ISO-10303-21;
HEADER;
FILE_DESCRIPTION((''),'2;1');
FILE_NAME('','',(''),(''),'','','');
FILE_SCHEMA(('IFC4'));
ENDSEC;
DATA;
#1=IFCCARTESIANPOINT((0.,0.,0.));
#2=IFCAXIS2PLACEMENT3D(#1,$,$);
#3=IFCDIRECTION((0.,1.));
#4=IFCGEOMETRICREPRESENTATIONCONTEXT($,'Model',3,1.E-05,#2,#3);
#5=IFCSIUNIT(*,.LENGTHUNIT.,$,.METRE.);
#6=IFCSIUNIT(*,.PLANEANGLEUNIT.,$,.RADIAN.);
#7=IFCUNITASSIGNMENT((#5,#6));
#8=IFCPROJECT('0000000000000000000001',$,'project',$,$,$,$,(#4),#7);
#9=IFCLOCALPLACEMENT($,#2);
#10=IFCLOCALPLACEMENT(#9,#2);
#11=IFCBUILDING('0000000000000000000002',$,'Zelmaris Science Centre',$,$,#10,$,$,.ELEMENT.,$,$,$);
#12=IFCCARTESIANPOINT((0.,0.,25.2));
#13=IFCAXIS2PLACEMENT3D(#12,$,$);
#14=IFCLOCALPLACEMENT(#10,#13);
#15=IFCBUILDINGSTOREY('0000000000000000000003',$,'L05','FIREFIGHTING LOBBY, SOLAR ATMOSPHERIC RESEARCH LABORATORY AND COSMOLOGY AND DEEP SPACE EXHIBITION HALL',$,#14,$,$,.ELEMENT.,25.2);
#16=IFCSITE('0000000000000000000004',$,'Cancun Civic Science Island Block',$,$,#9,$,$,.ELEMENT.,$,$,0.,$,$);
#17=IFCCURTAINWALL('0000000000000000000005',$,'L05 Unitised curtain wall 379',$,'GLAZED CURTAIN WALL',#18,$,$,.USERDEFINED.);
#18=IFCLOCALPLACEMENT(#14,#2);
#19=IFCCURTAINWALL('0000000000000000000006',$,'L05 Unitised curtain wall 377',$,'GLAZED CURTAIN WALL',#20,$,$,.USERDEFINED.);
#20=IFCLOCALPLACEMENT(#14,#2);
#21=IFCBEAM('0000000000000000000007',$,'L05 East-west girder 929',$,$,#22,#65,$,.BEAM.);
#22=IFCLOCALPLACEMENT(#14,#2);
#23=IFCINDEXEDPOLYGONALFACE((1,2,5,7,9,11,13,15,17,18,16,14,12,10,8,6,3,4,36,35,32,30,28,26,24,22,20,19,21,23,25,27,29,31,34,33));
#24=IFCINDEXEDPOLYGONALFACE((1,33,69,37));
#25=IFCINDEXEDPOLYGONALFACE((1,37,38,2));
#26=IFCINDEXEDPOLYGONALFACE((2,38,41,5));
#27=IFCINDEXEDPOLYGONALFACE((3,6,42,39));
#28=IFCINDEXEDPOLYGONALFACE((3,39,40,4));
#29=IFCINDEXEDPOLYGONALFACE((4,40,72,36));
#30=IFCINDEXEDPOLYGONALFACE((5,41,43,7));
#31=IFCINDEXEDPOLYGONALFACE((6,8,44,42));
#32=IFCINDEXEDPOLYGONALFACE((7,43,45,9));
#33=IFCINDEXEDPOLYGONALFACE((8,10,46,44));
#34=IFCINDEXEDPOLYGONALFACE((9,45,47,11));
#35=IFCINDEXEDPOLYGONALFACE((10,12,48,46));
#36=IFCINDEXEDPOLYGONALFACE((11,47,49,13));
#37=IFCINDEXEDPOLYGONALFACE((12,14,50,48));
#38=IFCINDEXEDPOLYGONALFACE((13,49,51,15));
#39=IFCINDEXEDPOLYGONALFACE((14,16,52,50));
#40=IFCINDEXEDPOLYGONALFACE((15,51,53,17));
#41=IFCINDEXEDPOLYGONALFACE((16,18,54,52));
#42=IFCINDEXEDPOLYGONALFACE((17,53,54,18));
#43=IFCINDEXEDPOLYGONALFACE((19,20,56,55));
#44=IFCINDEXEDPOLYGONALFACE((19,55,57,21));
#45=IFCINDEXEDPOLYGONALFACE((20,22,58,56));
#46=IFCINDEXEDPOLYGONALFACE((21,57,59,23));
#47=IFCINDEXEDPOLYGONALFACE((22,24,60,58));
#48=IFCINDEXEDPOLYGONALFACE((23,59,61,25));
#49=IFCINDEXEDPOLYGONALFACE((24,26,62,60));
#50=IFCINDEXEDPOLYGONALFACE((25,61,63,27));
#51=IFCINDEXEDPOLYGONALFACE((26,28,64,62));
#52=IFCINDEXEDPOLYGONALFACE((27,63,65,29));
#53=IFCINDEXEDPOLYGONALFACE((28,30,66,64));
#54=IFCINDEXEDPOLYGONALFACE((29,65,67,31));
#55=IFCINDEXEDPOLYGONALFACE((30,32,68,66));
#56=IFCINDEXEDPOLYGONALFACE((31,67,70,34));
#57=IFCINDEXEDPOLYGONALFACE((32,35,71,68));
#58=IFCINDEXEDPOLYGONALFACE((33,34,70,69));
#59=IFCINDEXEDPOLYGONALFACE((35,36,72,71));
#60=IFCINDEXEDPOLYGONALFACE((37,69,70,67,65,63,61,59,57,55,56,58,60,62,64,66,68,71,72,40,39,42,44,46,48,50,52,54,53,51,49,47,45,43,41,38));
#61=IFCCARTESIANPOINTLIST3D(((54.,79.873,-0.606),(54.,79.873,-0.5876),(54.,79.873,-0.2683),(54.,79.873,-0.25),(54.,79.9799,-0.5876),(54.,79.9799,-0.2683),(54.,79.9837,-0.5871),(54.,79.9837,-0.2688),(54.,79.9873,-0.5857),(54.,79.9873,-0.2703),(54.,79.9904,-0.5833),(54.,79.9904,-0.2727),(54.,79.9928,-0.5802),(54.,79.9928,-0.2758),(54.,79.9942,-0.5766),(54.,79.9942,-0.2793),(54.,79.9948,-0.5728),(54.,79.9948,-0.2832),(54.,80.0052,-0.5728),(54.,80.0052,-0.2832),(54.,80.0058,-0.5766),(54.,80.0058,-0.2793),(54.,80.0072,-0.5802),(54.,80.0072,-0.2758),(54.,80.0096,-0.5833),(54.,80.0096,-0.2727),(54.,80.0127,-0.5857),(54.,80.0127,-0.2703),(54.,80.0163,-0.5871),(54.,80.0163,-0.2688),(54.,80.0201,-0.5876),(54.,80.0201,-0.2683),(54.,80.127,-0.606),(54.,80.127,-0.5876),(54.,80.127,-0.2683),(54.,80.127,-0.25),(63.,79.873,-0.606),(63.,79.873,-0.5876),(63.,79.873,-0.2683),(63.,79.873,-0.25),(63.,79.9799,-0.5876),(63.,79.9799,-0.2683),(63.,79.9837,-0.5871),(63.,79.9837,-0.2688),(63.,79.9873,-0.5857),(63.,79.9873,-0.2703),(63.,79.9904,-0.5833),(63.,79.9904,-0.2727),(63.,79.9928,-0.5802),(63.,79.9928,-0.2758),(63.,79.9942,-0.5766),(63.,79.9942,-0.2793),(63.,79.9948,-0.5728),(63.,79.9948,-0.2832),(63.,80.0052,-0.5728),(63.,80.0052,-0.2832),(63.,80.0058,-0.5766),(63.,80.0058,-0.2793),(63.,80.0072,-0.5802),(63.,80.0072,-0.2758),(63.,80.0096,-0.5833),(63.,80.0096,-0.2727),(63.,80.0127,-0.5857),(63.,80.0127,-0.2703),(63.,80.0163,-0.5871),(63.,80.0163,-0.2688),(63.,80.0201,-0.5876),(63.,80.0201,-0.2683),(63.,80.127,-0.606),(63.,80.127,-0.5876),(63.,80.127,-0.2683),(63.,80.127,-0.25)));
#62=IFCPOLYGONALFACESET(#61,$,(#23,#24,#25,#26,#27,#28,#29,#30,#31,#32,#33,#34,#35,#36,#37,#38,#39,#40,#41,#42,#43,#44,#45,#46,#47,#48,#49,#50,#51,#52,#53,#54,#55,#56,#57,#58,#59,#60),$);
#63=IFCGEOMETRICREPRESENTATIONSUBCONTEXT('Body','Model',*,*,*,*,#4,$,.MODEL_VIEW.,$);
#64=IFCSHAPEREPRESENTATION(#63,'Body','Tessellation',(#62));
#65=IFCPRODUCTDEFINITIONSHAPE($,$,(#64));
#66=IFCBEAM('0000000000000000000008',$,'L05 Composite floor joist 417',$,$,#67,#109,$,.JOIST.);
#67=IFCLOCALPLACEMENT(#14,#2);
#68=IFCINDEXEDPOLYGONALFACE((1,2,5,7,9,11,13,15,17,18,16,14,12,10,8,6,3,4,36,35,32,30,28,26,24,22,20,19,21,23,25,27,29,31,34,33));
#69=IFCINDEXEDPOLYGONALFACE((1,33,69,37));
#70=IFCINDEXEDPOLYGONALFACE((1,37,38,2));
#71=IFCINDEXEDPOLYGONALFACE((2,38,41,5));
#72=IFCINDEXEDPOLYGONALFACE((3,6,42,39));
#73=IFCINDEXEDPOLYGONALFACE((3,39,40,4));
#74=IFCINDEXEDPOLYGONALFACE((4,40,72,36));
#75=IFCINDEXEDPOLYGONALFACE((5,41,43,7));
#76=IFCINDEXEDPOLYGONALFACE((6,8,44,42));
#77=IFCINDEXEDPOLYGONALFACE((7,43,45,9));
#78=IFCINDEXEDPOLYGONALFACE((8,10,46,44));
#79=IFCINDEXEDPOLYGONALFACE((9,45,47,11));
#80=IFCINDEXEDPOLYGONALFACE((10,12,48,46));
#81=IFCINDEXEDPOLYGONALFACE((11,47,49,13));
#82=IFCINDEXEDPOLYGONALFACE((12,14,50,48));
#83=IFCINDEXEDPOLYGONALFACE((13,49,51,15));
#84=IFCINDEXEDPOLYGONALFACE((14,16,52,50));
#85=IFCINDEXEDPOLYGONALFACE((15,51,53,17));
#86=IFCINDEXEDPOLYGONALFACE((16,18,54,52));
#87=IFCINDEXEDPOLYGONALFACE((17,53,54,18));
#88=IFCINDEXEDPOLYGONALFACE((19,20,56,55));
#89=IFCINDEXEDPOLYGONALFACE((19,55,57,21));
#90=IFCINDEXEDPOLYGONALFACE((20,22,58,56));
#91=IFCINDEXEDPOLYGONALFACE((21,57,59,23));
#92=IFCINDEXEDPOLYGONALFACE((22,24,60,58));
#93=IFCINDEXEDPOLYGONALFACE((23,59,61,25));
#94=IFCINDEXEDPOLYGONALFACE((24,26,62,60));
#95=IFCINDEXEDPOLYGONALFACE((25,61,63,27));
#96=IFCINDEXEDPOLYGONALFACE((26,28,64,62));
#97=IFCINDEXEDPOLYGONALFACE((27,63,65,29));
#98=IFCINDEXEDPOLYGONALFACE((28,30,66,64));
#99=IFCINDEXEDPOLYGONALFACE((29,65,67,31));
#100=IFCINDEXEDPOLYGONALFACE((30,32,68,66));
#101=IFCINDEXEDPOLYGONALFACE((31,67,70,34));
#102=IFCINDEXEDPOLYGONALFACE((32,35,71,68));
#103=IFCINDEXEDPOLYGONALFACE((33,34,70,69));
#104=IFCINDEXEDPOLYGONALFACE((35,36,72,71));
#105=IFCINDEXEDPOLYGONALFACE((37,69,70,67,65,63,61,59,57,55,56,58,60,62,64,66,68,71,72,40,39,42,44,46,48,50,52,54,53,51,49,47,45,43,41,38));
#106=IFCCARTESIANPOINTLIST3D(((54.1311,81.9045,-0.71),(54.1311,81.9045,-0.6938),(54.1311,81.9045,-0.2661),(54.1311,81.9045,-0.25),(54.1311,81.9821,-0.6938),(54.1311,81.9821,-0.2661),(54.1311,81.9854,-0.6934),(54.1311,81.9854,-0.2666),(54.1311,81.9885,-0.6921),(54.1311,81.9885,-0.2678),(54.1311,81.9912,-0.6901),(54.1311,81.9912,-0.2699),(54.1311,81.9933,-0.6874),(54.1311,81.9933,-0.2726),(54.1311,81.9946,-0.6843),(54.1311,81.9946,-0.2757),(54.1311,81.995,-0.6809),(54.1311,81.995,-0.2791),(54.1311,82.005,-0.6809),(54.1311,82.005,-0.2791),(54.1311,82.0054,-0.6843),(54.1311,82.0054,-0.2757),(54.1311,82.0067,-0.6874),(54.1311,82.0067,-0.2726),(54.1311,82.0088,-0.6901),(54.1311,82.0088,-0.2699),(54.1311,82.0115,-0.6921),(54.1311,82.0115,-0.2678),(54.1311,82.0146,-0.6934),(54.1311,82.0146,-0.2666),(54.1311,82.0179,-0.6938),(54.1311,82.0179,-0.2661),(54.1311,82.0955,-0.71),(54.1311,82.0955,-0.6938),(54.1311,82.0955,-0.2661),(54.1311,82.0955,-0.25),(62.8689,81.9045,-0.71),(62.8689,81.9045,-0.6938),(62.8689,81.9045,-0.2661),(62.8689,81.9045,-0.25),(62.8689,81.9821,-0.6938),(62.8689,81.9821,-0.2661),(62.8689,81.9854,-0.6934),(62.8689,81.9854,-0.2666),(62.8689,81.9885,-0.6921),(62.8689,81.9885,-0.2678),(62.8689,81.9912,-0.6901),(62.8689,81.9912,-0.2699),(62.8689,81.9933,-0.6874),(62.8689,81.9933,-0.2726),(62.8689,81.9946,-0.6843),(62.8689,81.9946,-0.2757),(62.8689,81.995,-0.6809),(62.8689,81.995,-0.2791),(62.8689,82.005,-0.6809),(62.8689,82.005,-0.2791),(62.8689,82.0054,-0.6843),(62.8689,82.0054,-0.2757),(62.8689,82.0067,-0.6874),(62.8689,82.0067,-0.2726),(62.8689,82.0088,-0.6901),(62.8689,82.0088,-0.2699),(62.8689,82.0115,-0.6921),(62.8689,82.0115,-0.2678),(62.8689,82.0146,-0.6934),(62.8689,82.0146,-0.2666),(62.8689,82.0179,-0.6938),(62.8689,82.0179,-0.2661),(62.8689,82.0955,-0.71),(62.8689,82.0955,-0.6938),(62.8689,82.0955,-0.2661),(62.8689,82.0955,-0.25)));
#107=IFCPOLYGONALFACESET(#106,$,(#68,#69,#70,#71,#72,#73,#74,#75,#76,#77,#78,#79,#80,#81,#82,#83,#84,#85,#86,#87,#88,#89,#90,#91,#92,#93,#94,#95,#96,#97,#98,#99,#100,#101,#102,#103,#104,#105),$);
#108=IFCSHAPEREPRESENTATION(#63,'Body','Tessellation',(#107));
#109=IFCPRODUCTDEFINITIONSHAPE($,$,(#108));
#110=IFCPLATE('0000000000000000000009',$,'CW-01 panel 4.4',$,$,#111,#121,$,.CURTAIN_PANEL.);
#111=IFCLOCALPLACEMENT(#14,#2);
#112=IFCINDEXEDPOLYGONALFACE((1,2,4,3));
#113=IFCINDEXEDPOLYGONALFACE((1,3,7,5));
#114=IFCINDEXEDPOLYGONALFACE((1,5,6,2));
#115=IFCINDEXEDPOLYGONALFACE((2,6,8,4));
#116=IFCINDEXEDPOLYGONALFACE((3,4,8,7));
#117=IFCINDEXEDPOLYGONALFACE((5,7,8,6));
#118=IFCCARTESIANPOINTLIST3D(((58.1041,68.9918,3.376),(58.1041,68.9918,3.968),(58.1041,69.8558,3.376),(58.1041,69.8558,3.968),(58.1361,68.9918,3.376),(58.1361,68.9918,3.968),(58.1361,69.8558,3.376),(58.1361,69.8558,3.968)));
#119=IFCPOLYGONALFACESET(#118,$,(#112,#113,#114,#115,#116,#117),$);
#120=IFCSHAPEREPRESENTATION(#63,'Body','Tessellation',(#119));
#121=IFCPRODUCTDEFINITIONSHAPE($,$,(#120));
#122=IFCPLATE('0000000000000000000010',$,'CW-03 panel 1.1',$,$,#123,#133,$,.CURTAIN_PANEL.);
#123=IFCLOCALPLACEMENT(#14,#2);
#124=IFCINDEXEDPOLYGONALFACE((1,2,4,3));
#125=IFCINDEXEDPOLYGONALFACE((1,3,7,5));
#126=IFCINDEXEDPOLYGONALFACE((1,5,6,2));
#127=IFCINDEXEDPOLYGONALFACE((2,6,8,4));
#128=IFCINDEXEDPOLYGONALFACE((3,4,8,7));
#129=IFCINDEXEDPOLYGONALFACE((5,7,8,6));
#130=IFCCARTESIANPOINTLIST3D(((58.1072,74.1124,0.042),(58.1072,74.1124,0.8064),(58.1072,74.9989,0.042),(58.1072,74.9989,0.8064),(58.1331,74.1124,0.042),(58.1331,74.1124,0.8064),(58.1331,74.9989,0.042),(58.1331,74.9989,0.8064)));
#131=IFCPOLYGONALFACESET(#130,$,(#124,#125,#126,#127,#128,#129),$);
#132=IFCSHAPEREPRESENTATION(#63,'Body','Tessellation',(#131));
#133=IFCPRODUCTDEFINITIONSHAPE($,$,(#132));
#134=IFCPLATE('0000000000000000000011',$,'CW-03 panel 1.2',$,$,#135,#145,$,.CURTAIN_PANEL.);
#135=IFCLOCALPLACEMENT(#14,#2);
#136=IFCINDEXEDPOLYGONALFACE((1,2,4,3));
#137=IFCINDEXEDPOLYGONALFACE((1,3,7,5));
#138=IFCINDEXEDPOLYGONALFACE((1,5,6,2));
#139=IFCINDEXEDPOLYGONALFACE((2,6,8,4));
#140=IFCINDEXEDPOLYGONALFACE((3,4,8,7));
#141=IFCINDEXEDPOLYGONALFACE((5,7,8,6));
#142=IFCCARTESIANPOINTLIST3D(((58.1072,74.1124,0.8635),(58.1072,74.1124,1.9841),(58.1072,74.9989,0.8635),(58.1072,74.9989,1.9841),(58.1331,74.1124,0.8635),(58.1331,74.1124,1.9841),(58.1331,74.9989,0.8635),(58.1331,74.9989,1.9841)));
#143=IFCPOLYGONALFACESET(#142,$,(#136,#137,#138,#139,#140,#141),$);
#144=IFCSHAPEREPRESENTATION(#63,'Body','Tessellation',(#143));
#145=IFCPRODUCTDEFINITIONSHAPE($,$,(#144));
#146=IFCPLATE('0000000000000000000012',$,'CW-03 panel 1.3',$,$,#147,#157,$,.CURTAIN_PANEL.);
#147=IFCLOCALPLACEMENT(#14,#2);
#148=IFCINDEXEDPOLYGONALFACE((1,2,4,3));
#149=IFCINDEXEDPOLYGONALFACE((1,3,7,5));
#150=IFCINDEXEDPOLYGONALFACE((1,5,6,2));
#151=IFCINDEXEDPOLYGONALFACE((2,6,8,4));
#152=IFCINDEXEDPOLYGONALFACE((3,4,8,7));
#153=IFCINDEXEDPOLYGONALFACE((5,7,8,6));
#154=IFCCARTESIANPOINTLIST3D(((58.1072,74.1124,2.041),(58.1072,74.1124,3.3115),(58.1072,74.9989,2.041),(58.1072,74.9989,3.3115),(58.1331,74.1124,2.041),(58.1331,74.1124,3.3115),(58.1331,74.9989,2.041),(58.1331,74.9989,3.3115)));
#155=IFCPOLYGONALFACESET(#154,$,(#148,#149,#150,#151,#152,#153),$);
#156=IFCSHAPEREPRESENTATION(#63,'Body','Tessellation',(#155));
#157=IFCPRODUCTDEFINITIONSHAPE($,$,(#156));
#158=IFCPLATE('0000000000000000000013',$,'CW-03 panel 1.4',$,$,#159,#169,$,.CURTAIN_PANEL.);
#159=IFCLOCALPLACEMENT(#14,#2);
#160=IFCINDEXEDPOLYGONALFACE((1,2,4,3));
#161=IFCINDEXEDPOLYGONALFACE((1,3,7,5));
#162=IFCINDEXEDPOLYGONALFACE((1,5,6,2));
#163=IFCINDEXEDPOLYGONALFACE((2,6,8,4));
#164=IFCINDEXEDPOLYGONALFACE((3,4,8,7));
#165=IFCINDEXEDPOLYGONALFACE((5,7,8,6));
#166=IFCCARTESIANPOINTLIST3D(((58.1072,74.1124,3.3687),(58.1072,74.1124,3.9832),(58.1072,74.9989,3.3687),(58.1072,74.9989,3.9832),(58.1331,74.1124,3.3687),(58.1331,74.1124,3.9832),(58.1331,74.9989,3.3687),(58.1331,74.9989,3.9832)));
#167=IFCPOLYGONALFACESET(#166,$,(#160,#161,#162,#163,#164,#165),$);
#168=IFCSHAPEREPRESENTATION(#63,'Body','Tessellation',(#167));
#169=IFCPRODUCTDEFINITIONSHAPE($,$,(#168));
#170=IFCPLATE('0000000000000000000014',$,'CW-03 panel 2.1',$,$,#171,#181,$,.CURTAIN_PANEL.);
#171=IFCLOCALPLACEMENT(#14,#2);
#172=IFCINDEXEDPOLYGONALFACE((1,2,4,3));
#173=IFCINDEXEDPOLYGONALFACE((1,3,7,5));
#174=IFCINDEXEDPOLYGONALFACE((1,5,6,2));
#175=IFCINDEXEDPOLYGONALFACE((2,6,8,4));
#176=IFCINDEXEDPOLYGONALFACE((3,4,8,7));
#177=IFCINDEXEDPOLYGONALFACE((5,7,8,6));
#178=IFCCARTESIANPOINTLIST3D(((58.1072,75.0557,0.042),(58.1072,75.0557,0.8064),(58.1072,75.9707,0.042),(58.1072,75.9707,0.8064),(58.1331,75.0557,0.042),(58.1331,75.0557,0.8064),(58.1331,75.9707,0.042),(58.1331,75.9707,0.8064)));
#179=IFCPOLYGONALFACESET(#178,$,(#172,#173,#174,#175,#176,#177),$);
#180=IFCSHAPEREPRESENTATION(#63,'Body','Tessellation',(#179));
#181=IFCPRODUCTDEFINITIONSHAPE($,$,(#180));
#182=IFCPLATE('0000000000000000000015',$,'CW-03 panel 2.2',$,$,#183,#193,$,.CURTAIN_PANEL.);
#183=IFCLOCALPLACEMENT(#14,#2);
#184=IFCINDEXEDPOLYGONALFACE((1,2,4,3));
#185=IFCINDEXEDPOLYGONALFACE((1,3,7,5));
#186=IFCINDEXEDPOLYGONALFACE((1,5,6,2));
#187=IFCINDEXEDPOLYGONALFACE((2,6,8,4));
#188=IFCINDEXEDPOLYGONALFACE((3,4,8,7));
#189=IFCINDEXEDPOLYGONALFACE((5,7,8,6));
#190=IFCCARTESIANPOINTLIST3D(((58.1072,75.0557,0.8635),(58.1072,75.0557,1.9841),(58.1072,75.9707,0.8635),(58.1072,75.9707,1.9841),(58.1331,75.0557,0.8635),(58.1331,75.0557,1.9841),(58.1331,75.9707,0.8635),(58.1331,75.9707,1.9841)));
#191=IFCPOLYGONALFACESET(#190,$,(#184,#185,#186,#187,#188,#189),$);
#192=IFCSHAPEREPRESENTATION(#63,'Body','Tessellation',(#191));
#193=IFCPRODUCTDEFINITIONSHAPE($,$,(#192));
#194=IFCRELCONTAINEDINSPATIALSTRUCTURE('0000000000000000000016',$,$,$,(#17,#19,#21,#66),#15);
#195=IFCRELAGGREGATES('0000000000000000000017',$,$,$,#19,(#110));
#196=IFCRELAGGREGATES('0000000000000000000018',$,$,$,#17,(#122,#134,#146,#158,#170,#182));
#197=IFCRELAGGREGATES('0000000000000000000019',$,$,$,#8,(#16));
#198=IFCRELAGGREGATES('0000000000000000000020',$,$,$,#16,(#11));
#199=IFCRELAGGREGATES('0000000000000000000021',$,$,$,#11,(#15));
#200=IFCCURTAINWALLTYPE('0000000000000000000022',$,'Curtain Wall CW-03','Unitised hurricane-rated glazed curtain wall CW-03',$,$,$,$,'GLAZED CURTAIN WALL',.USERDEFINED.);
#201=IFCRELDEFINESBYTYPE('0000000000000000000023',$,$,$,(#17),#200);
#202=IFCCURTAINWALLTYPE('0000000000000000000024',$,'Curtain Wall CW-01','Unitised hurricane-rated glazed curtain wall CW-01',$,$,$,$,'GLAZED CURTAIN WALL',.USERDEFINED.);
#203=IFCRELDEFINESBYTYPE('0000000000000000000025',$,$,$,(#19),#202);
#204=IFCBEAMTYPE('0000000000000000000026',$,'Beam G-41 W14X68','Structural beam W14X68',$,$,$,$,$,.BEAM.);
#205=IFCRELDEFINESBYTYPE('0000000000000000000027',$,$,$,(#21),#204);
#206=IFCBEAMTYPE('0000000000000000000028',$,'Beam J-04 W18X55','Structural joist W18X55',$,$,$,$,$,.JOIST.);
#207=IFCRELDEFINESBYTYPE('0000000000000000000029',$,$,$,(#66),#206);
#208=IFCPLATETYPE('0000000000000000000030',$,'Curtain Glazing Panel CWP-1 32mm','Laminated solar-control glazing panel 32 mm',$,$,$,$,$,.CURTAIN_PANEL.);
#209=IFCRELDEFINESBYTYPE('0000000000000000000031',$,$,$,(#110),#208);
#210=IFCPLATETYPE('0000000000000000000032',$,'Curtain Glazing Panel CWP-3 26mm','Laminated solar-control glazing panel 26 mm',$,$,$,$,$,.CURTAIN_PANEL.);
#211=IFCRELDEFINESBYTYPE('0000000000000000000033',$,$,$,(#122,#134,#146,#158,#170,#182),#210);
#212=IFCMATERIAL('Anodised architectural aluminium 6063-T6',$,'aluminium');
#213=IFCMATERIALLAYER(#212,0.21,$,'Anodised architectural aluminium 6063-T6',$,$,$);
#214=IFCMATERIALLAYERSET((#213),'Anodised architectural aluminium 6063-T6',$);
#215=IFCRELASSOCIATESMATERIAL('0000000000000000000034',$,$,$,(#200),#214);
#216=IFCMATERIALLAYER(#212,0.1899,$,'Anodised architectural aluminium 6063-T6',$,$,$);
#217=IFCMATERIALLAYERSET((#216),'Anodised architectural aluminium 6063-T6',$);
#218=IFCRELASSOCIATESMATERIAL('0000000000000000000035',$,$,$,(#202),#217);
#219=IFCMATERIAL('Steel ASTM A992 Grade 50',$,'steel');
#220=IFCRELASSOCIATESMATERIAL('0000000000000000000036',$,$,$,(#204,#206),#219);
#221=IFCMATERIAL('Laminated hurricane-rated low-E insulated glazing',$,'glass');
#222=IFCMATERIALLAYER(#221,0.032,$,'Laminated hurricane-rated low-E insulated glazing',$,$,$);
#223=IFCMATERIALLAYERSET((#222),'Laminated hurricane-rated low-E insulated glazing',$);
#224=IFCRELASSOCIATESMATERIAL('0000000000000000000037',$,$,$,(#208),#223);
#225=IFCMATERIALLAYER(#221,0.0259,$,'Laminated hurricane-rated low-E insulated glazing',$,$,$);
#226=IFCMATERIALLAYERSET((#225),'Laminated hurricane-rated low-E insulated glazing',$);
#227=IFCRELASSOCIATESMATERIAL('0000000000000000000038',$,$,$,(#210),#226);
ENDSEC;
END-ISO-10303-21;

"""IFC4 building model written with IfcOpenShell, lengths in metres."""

from ifc_helpers import new_model, si_unit, direction, frame, origin, origin_2d, place, context, subcontext, project, spatial, rectangle, i_section, extrude, material, layer, layer_set, material_profile, profile_set, type_object, element, aggregate, save


model = new_model("IFC4")

# Units and contexts
model_context = context("Model", 3, precision=1e-05, world=origin(), true_north=direction((0.0, 1.0)))
body_context = subcontext(model_context, "Body", "Model", "MODEL_VIEW")
ifc_project = project(units=[si_unit("LENGTHUNIT", "METRE"), si_unit("PLANEANGLEUNIT", "RADIAN")], contexts=[model_context])

# Site, building, storey
site_placement = place(None, origin())
site = spatial("IfcSite", under=ifc_project, at=site_placement, Name="Cancun Civic Science Island Block", CompositionType="ELEMENT", RefElevation=0.0)
building_placement = place(site_placement, origin())
building = spatial("IfcBuilding", under=site, at=building_placement, Name="Zelmaris Science Centre", CompositionType="ELEMENT")
storey_placement = place(building_placement, frame((0.0, 0.0, 25.2)))
storey = spatial("IfcBuildingStorey", under=building, at=storey_placement, Name="L05", Description="FIREFIGHTING LOBBY, SOLAR ATMOSPHERIC RESEARCH LABORATORY AND COSMOLOGY AND DEEP SPACE EXHIBITION HALL", CompositionType="ELEMENT", Elevation=25.2)

# Curtain wall
ifc_material_1 = material(Name="Anodised architectural aluminium 6063-T6", Category="aluminium")
ifc_layer_1 = layer(ifc_material_1, 0.21, Name="Anodised architectural aluminium 6063-T6")
ifc_layer_set_1 = layer_set([ifc_layer_1], Name="Anodised architectural aluminium 6063-T6")
curtain_wall_type_1 = type_object("IfcCurtainWallType", Name="Curtain Wall CW-03", Description="Unitised hurricane-rated glazed curtain wall CW-03", ElementType="GLAZED CURTAIN WALL", PredefinedType="USERDEFINED", material=ifc_layer_set_1)
curtain_wall_1_placement = place(storey_placement, origin())
curtain_wall_1 = element("IfcCurtainWall", 1, at=curtain_wall_1_placement, inside=storey, type_object=curtain_wall_type_1, Name="L05 Unitised curtain wall 379", ObjectType="GLAZED CURTAIN WALL", PredefinedType="USERDEFINED")

# Curtain wall
ifc_layer_2 = layer(ifc_material_1, 0.1899, Name="Anodised architectural aluminium 6063-T6")
ifc_layer_set_2 = layer_set([ifc_layer_2], Name="Anodised architectural aluminium 6063-T6")
curtain_wall_type_2 = type_object("IfcCurtainWallType", Name="Curtain Wall CW-01", Description="Unitised hurricane-rated glazed curtain wall CW-01", ElementType="GLAZED CURTAIN WALL", PredefinedType="USERDEFINED", material=ifc_layer_set_2)
curtain_wall_2_placement = place(storey_placement, origin())
curtain_wall_2 = element("IfcCurtainWall", 2, at=curtain_wall_2_placement, inside=storey, type_object=curtain_wall_type_2, Name="L05 Unitised curtain wall 377", ObjectType="GLAZED CURTAIN WALL", PredefinedType="USERDEFINED")

# Beams
ifc_material_2 = material(Name="Steel ASTM A992 Grade 50", Category="steel")
ifc_material_profile_1 = material_profile(ifc_material_2, i_section(OverallWidth=0.2539, OverallDepth=0.356, WebThickness=0.0105, FlangeThickness=0.0183, FilletRadius=0.0149, at=origin_2d()), Name="W14X68")
ifc_profile_set_1 = profile_set([ifc_material_profile_1], Name="Steel ASTM A992 Grade 50")
beam_type_1 = type_object("IfcBeamType", Name="Beam G-41 W14X68", Description="Structural beam W14X68", PredefinedType="BEAM", material=ifc_profile_set_1)
beam_1_placement = place(storey_placement, frame((54.0, 80.0, -0.428), z_axis=(1.0, 0.0, 0.0), x_axis=(0.0, 1.0, 0.0)))
element("IfcBeam", 3, at=beam_1_placement, inside=storey, type_object=beam_type_1, Name="L05 East-west girder 929", PredefinedType="BEAM", context=body_context, shape_type="SweptSolid", body=[
    extrude(i_section(OverallWidth=0.2539, OverallDepth=0.356, WebThickness=0.0105, FlangeThickness=0.0183, FilletRadius=0.0149, at=origin_2d()), origin(), (0.0, 0.0, 1.0), 9.0),
])
ifc_material_profile_2 = material_profile(ifc_material_2, i_section(OverallWidth=0.1909, OverallDepth=0.46, WebThickness=0.01, FlangeThickness=0.0161, FilletRadius=0.0129, at=origin_2d()), Name="W18X55")
ifc_profile_set_2 = profile_set([ifc_material_profile_2], Name="Steel ASTM A992 Grade 50")
beam_type_2 = type_object("IfcBeamType", Name="Beam J-04 W18X55", Description="Structural joist W18X55", PredefinedType="JOIST", material=ifc_profile_set_2)
beam_2_placement = place(storey_placement, frame((54.1311, 82.0, -0.48), z_axis=(1.0, 0.0, 0.0), x_axis=(0.0, 1.0, 0.0)))
element("IfcBeam", 4, at=beam_2_placement, inside=storey, type_object=beam_type_2, Name="L05 Composite floor joist 417", PredefinedType="JOIST", context=body_context, shape_type="SweptSolid", body=[
    extrude(i_section(OverallWidth=0.1909, OverallDepth=0.46, WebThickness=0.01, FlangeThickness=0.0161, FilletRadius=0.0129, at=origin_2d()), origin(), (0.0, 0.0, 1.0), 8.7378),
])

# Plates
ifc_material_3 = material(Name="Laminated hurricane-rated low-E insulated glazing", Category="glass")
ifc_layer_3 = layer(ifc_material_3, 0.032, Name="Laminated hurricane-rated low-E insulated glazing")
ifc_layer_set_3 = layer_set([ifc_layer_3], Name="Laminated hurricane-rated low-E insulated glazing")
plate_type_1 = type_object("IfcPlateType", Name="Curtain Glazing Panel CWP-1 32mm", Description="Laminated solar-control glazing panel 32 mm", PredefinedType="CURTAIN_PANEL", material=ifc_layer_set_3)
plate_1_placement = place(storey_placement, frame((58.1201, 69.4238, 3.376), z_axis=(0.0, 0.0, 1.0), x_axis=(0.0, 1.0, 0.0)))
plate_1 = element("IfcPlate", 5, at=plate_1_placement, type_object=plate_type_1, Name="CW-01 panel 4.4", PredefinedType="CURTAIN_PANEL", context=body_context, shape_type="SweptSolid", body=[
    extrude(rectangle(XDim=0.864, YDim=0.032, at=origin_2d()), origin(), (0.0, 0.0, 1.0), 0.592),
])
aggregate(curtain_wall_2, [plate_1])
ifc_layer_4 = layer(ifc_material_3, 0.0259, Name="Laminated hurricane-rated low-E insulated glazing")
ifc_layer_set_4 = layer_set([ifc_layer_4], Name="Laminated hurricane-rated low-E insulated glazing")
plate_type_2 = type_object("IfcPlateType", Name="Curtain Glazing Panel CWP-3 26mm", Description="Laminated solar-control glazing panel 26 mm", PredefinedType="CURTAIN_PANEL", material=ifc_layer_set_4)
plate_2_placement = place(storey_placement, frame((58.1201, 74.5557, 0.042), z_axis=(0.0, 0.0, 1.0), x_axis=(0.0, 1.0, 0.0)))
plate_2 = element("IfcPlate", 6, at=plate_2_placement, type_object=plate_type_2, Name="CW-03 panel 1.1", PredefinedType="CURTAIN_PANEL", context=body_context, shape_type="SweptSolid", body=[
    extrude(rectangle(XDim=0.8865, YDim=0.0259, at=origin_2d()), origin(), (0.0, 0.0, 1.0), 0.7644),
])
plate_3_placement = place(storey_placement, frame((58.1201, 74.5557, 0.8635), z_axis=(0.0, 0.0, 1.0), x_axis=(0.0, 1.0, 0.0)))
plate_3 = element("IfcPlate", 7, at=plate_3_placement, type_object=plate_type_2, Name="CW-03 panel 1.2", PredefinedType="CURTAIN_PANEL", context=body_context, shape_type="SweptSolid", body=[
    extrude(rectangle(XDim=0.8865, YDim=0.0259, at=origin_2d()), origin(), (0.0, 0.0, 1.0), 1.1206),
])
plate_4_placement = place(storey_placement, frame((58.1201, 74.5557, 2.041), z_axis=(0.0, 0.0, 1.0), x_axis=(0.0, 1.0, 0.0)))
plate_4 = element("IfcPlate", 8, at=plate_4_placement, type_object=plate_type_2, Name="CW-03 panel 1.3", PredefinedType="CURTAIN_PANEL", context=body_context, shape_type="SweptSolid", body=[
    extrude(rectangle(XDim=0.8865, YDim=0.0259, at=origin_2d()), origin(), (0.0, 0.0, 1.0), 1.2705),
])
plate_5_placement = place(storey_placement, frame((58.1201, 74.5557, 3.3687), z_axis=(0.0, 0.0, 1.0), x_axis=(0.0, 1.0, 0.0)))
plate_5 = element("IfcPlate", 9, at=plate_5_placement, type_object=plate_type_2, Name="CW-03 panel 1.4", PredefinedType="CURTAIN_PANEL", context=body_context, shape_type="SweptSolid", body=[
    extrude(rectangle(XDim=0.8865, YDim=0.0259, at=origin_2d()), origin(), (0.0, 0.0, 1.0), 0.6145),
])
plate_6_placement = place(storey_placement, frame((58.1201, 75.5132, 0.042), z_axis=(0.0, 0.0, 1.0), x_axis=(0.0, 1.0, 0.0)))
plate_6 = element("IfcPlate", 10, at=plate_6_placement, type_object=plate_type_2, Name="CW-03 panel 2.1", PredefinedType="CURTAIN_PANEL", context=body_context, shape_type="SweptSolid", body=[
    extrude(rectangle(XDim=0.915, YDim=0.0259, at=origin_2d()), origin(), (0.0, 0.0, 1.0), 0.7644),
])
plate_7_placement = place(storey_placement, frame((58.1201, 75.5132, 0.8635), z_axis=(0.0, 0.0, 1.0), x_axis=(0.0, 1.0, 0.0)))
plate_7 = element("IfcPlate", 11, at=plate_7_placement, type_object=plate_type_2, Name="CW-03 panel 2.2", PredefinedType="CURTAIN_PANEL", context=body_context, shape_type="SweptSolid", body=[
    extrude(rectangle(XDim=0.915, YDim=0.0259, at=origin_2d()), origin(), (0.0, 0.0, 1.0), 1.1206),
])
aggregate(curtain_wall_1, [plate_2, plate_3, plate_4, plate_5, plate_6, plate_7])

save(model, "model.ifc")
